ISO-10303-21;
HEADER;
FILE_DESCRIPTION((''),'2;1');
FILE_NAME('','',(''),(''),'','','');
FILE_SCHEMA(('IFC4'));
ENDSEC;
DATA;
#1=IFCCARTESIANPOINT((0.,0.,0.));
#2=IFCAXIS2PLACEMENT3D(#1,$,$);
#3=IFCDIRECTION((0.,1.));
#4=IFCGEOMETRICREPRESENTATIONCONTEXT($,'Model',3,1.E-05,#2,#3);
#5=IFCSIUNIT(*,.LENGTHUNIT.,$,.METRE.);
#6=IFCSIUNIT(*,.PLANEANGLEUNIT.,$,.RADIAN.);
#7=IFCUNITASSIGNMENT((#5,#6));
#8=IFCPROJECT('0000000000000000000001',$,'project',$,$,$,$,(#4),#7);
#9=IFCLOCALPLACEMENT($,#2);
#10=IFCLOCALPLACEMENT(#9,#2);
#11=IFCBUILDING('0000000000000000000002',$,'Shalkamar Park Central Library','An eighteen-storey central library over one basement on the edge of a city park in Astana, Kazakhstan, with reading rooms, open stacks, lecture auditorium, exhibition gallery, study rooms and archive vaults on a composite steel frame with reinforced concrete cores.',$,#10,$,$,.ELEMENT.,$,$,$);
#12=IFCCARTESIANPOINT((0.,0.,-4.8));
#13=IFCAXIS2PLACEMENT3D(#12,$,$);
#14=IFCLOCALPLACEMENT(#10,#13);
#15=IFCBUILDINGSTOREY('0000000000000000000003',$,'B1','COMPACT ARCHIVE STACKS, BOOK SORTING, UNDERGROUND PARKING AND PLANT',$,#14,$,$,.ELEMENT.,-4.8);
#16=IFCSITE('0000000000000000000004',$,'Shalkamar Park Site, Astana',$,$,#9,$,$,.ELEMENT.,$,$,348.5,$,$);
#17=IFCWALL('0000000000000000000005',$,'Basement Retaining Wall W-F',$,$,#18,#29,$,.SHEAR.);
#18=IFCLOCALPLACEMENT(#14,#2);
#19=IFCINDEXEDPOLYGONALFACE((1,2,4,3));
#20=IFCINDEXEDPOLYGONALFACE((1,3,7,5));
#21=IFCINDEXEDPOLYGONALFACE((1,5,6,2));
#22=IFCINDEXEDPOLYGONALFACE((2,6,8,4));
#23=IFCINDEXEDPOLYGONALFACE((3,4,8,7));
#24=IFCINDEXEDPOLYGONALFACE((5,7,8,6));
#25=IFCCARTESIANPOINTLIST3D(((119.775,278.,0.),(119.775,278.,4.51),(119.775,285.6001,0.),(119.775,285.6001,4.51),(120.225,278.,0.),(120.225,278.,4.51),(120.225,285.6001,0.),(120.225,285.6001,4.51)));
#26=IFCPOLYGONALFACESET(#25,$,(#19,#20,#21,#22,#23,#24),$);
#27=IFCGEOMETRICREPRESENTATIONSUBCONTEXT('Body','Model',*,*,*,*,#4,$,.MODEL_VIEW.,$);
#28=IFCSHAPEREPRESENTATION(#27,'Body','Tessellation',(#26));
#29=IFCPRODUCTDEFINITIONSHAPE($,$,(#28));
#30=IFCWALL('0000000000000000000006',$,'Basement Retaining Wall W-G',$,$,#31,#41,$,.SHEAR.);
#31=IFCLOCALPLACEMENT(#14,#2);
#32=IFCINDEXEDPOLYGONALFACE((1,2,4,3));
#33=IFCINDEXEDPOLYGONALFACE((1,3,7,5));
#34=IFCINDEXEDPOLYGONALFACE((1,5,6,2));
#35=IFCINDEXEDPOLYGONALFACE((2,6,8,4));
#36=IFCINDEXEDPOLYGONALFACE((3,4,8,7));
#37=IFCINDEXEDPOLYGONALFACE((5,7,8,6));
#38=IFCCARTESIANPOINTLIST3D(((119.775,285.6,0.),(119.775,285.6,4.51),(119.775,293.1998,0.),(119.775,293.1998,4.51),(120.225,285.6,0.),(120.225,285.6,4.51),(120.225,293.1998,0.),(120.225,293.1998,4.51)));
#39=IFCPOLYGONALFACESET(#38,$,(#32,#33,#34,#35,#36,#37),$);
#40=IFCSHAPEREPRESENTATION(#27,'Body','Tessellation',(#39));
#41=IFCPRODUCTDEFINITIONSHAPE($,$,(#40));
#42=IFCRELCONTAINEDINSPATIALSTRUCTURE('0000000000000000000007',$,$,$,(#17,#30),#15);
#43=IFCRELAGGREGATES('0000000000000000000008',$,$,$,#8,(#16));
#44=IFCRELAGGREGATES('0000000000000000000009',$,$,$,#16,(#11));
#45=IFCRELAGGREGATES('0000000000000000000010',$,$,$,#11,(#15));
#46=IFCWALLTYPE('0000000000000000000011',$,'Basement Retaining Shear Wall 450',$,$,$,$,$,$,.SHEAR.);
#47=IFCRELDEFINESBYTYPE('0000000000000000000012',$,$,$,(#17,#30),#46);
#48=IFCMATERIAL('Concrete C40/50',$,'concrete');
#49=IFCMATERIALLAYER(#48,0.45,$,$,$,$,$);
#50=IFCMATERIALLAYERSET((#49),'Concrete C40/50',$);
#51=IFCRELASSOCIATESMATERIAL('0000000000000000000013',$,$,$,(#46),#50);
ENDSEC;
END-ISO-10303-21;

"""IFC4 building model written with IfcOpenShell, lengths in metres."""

from ifc_helpers import new_model, si_unit, direction, frame, frame_2d, origin, place, context, subcontext, project, spatial, rectangle, extrude, material, layer, layer_set, type_object, element, save


model = new_model("IFC4")

# Units and contexts
model_context = context("Model", 3, precision=1e-05, world=origin(), true_north=direction((0.0, 1.0)))
body_context = subcontext(model_context, "Body", "Model", "MODEL_VIEW")
ifc_project = project(units=[si_unit("LENGTHUNIT", "METRE"), si_unit("PLANEANGLEUNIT", "RADIAN")], contexts=[model_context])

# Site, building, storey
site_placement = place(None, origin())
site = spatial("IfcSite", under=ifc_project, at=site_placement, Name="Shalkamar Park Site, Astana", CompositionType="ELEMENT", RefElevation=348.5)
building_placement = place(site_placement, origin())
building = spatial("IfcBuilding", under=site, at=building_placement, Name="Shalkamar Park Central Library", Description="An eighteen-storey central library over one basement on the edge of a city park in Astana, Kazakhstan, with reading rooms, open stacks, lecture auditorium, exhibition gallery, study rooms and archive vaults on a composite steel frame with reinforced concrete cores.", CompositionType="ELEMENT")
storey_placement = place(building_placement, frame((0.0, 0.0, -4.8)))
storey = spatial("IfcBuildingStorey", under=building, at=storey_placement, Name="B1", Description="COMPACT ARCHIVE STACKS, BOOK SORTING, UNDERGROUND PARKING AND PLANT", CompositionType="ELEMENT", Elevation=-4.8)

# Shared definitions
ifc_material_1 = material(Name="Concrete C40/50", Category="concrete")

# Walls
ifc_layer = layer(ifc_material_1, 0.45)
ifc_layer_set = layer_set([ifc_layer], Name="Concrete C40/50")
wall_type = type_object("IfcWallType", Name="Basement Retaining Shear Wall 450", PredefinedType="SHEAR", material=ifc_layer_set)
wall_1_placement = place(storey_placement, frame((120.0, 278.0, 0.0), z_axis=(0.0, 0.0, 1.0), x_axis=(0.0, 1.0, 0.0)))
element("IfcWall", 1, at=wall_1_placement, inside=storey, type_object=wall_type, Name="Basement Retaining Wall W-F", PredefinedType="SHEAR", context=body_context, shape_type="SweptSolid", body=[
    extrude(rectangle(XDim=7.6001, YDim=0.45, at=frame_2d((3.8, 0.0))), origin(), (0.0, 0.0, 1.0), 4.51),
])
wall_2_placement = place(storey_placement, frame((120.0, 285.6001, 0.0), z_axis=(0.0, 0.0, 1.0), x_axis=(0.0, 1.0, 0.0)))
element("IfcWall", 2, at=wall_2_placement, inside=storey, type_object=wall_type, Name="Basement Retaining Wall W-G", PredefinedType="SHEAR", context=body_context, shape_type="SweptSolid", body=[
    extrude(rectangle(XDim=7.5999, YDim=0.45, at=frame_2d((3.7998, 0.0))), origin(), (0.0, 0.0, 1.0), 4.51),
])

save(model, "model.ifc")
